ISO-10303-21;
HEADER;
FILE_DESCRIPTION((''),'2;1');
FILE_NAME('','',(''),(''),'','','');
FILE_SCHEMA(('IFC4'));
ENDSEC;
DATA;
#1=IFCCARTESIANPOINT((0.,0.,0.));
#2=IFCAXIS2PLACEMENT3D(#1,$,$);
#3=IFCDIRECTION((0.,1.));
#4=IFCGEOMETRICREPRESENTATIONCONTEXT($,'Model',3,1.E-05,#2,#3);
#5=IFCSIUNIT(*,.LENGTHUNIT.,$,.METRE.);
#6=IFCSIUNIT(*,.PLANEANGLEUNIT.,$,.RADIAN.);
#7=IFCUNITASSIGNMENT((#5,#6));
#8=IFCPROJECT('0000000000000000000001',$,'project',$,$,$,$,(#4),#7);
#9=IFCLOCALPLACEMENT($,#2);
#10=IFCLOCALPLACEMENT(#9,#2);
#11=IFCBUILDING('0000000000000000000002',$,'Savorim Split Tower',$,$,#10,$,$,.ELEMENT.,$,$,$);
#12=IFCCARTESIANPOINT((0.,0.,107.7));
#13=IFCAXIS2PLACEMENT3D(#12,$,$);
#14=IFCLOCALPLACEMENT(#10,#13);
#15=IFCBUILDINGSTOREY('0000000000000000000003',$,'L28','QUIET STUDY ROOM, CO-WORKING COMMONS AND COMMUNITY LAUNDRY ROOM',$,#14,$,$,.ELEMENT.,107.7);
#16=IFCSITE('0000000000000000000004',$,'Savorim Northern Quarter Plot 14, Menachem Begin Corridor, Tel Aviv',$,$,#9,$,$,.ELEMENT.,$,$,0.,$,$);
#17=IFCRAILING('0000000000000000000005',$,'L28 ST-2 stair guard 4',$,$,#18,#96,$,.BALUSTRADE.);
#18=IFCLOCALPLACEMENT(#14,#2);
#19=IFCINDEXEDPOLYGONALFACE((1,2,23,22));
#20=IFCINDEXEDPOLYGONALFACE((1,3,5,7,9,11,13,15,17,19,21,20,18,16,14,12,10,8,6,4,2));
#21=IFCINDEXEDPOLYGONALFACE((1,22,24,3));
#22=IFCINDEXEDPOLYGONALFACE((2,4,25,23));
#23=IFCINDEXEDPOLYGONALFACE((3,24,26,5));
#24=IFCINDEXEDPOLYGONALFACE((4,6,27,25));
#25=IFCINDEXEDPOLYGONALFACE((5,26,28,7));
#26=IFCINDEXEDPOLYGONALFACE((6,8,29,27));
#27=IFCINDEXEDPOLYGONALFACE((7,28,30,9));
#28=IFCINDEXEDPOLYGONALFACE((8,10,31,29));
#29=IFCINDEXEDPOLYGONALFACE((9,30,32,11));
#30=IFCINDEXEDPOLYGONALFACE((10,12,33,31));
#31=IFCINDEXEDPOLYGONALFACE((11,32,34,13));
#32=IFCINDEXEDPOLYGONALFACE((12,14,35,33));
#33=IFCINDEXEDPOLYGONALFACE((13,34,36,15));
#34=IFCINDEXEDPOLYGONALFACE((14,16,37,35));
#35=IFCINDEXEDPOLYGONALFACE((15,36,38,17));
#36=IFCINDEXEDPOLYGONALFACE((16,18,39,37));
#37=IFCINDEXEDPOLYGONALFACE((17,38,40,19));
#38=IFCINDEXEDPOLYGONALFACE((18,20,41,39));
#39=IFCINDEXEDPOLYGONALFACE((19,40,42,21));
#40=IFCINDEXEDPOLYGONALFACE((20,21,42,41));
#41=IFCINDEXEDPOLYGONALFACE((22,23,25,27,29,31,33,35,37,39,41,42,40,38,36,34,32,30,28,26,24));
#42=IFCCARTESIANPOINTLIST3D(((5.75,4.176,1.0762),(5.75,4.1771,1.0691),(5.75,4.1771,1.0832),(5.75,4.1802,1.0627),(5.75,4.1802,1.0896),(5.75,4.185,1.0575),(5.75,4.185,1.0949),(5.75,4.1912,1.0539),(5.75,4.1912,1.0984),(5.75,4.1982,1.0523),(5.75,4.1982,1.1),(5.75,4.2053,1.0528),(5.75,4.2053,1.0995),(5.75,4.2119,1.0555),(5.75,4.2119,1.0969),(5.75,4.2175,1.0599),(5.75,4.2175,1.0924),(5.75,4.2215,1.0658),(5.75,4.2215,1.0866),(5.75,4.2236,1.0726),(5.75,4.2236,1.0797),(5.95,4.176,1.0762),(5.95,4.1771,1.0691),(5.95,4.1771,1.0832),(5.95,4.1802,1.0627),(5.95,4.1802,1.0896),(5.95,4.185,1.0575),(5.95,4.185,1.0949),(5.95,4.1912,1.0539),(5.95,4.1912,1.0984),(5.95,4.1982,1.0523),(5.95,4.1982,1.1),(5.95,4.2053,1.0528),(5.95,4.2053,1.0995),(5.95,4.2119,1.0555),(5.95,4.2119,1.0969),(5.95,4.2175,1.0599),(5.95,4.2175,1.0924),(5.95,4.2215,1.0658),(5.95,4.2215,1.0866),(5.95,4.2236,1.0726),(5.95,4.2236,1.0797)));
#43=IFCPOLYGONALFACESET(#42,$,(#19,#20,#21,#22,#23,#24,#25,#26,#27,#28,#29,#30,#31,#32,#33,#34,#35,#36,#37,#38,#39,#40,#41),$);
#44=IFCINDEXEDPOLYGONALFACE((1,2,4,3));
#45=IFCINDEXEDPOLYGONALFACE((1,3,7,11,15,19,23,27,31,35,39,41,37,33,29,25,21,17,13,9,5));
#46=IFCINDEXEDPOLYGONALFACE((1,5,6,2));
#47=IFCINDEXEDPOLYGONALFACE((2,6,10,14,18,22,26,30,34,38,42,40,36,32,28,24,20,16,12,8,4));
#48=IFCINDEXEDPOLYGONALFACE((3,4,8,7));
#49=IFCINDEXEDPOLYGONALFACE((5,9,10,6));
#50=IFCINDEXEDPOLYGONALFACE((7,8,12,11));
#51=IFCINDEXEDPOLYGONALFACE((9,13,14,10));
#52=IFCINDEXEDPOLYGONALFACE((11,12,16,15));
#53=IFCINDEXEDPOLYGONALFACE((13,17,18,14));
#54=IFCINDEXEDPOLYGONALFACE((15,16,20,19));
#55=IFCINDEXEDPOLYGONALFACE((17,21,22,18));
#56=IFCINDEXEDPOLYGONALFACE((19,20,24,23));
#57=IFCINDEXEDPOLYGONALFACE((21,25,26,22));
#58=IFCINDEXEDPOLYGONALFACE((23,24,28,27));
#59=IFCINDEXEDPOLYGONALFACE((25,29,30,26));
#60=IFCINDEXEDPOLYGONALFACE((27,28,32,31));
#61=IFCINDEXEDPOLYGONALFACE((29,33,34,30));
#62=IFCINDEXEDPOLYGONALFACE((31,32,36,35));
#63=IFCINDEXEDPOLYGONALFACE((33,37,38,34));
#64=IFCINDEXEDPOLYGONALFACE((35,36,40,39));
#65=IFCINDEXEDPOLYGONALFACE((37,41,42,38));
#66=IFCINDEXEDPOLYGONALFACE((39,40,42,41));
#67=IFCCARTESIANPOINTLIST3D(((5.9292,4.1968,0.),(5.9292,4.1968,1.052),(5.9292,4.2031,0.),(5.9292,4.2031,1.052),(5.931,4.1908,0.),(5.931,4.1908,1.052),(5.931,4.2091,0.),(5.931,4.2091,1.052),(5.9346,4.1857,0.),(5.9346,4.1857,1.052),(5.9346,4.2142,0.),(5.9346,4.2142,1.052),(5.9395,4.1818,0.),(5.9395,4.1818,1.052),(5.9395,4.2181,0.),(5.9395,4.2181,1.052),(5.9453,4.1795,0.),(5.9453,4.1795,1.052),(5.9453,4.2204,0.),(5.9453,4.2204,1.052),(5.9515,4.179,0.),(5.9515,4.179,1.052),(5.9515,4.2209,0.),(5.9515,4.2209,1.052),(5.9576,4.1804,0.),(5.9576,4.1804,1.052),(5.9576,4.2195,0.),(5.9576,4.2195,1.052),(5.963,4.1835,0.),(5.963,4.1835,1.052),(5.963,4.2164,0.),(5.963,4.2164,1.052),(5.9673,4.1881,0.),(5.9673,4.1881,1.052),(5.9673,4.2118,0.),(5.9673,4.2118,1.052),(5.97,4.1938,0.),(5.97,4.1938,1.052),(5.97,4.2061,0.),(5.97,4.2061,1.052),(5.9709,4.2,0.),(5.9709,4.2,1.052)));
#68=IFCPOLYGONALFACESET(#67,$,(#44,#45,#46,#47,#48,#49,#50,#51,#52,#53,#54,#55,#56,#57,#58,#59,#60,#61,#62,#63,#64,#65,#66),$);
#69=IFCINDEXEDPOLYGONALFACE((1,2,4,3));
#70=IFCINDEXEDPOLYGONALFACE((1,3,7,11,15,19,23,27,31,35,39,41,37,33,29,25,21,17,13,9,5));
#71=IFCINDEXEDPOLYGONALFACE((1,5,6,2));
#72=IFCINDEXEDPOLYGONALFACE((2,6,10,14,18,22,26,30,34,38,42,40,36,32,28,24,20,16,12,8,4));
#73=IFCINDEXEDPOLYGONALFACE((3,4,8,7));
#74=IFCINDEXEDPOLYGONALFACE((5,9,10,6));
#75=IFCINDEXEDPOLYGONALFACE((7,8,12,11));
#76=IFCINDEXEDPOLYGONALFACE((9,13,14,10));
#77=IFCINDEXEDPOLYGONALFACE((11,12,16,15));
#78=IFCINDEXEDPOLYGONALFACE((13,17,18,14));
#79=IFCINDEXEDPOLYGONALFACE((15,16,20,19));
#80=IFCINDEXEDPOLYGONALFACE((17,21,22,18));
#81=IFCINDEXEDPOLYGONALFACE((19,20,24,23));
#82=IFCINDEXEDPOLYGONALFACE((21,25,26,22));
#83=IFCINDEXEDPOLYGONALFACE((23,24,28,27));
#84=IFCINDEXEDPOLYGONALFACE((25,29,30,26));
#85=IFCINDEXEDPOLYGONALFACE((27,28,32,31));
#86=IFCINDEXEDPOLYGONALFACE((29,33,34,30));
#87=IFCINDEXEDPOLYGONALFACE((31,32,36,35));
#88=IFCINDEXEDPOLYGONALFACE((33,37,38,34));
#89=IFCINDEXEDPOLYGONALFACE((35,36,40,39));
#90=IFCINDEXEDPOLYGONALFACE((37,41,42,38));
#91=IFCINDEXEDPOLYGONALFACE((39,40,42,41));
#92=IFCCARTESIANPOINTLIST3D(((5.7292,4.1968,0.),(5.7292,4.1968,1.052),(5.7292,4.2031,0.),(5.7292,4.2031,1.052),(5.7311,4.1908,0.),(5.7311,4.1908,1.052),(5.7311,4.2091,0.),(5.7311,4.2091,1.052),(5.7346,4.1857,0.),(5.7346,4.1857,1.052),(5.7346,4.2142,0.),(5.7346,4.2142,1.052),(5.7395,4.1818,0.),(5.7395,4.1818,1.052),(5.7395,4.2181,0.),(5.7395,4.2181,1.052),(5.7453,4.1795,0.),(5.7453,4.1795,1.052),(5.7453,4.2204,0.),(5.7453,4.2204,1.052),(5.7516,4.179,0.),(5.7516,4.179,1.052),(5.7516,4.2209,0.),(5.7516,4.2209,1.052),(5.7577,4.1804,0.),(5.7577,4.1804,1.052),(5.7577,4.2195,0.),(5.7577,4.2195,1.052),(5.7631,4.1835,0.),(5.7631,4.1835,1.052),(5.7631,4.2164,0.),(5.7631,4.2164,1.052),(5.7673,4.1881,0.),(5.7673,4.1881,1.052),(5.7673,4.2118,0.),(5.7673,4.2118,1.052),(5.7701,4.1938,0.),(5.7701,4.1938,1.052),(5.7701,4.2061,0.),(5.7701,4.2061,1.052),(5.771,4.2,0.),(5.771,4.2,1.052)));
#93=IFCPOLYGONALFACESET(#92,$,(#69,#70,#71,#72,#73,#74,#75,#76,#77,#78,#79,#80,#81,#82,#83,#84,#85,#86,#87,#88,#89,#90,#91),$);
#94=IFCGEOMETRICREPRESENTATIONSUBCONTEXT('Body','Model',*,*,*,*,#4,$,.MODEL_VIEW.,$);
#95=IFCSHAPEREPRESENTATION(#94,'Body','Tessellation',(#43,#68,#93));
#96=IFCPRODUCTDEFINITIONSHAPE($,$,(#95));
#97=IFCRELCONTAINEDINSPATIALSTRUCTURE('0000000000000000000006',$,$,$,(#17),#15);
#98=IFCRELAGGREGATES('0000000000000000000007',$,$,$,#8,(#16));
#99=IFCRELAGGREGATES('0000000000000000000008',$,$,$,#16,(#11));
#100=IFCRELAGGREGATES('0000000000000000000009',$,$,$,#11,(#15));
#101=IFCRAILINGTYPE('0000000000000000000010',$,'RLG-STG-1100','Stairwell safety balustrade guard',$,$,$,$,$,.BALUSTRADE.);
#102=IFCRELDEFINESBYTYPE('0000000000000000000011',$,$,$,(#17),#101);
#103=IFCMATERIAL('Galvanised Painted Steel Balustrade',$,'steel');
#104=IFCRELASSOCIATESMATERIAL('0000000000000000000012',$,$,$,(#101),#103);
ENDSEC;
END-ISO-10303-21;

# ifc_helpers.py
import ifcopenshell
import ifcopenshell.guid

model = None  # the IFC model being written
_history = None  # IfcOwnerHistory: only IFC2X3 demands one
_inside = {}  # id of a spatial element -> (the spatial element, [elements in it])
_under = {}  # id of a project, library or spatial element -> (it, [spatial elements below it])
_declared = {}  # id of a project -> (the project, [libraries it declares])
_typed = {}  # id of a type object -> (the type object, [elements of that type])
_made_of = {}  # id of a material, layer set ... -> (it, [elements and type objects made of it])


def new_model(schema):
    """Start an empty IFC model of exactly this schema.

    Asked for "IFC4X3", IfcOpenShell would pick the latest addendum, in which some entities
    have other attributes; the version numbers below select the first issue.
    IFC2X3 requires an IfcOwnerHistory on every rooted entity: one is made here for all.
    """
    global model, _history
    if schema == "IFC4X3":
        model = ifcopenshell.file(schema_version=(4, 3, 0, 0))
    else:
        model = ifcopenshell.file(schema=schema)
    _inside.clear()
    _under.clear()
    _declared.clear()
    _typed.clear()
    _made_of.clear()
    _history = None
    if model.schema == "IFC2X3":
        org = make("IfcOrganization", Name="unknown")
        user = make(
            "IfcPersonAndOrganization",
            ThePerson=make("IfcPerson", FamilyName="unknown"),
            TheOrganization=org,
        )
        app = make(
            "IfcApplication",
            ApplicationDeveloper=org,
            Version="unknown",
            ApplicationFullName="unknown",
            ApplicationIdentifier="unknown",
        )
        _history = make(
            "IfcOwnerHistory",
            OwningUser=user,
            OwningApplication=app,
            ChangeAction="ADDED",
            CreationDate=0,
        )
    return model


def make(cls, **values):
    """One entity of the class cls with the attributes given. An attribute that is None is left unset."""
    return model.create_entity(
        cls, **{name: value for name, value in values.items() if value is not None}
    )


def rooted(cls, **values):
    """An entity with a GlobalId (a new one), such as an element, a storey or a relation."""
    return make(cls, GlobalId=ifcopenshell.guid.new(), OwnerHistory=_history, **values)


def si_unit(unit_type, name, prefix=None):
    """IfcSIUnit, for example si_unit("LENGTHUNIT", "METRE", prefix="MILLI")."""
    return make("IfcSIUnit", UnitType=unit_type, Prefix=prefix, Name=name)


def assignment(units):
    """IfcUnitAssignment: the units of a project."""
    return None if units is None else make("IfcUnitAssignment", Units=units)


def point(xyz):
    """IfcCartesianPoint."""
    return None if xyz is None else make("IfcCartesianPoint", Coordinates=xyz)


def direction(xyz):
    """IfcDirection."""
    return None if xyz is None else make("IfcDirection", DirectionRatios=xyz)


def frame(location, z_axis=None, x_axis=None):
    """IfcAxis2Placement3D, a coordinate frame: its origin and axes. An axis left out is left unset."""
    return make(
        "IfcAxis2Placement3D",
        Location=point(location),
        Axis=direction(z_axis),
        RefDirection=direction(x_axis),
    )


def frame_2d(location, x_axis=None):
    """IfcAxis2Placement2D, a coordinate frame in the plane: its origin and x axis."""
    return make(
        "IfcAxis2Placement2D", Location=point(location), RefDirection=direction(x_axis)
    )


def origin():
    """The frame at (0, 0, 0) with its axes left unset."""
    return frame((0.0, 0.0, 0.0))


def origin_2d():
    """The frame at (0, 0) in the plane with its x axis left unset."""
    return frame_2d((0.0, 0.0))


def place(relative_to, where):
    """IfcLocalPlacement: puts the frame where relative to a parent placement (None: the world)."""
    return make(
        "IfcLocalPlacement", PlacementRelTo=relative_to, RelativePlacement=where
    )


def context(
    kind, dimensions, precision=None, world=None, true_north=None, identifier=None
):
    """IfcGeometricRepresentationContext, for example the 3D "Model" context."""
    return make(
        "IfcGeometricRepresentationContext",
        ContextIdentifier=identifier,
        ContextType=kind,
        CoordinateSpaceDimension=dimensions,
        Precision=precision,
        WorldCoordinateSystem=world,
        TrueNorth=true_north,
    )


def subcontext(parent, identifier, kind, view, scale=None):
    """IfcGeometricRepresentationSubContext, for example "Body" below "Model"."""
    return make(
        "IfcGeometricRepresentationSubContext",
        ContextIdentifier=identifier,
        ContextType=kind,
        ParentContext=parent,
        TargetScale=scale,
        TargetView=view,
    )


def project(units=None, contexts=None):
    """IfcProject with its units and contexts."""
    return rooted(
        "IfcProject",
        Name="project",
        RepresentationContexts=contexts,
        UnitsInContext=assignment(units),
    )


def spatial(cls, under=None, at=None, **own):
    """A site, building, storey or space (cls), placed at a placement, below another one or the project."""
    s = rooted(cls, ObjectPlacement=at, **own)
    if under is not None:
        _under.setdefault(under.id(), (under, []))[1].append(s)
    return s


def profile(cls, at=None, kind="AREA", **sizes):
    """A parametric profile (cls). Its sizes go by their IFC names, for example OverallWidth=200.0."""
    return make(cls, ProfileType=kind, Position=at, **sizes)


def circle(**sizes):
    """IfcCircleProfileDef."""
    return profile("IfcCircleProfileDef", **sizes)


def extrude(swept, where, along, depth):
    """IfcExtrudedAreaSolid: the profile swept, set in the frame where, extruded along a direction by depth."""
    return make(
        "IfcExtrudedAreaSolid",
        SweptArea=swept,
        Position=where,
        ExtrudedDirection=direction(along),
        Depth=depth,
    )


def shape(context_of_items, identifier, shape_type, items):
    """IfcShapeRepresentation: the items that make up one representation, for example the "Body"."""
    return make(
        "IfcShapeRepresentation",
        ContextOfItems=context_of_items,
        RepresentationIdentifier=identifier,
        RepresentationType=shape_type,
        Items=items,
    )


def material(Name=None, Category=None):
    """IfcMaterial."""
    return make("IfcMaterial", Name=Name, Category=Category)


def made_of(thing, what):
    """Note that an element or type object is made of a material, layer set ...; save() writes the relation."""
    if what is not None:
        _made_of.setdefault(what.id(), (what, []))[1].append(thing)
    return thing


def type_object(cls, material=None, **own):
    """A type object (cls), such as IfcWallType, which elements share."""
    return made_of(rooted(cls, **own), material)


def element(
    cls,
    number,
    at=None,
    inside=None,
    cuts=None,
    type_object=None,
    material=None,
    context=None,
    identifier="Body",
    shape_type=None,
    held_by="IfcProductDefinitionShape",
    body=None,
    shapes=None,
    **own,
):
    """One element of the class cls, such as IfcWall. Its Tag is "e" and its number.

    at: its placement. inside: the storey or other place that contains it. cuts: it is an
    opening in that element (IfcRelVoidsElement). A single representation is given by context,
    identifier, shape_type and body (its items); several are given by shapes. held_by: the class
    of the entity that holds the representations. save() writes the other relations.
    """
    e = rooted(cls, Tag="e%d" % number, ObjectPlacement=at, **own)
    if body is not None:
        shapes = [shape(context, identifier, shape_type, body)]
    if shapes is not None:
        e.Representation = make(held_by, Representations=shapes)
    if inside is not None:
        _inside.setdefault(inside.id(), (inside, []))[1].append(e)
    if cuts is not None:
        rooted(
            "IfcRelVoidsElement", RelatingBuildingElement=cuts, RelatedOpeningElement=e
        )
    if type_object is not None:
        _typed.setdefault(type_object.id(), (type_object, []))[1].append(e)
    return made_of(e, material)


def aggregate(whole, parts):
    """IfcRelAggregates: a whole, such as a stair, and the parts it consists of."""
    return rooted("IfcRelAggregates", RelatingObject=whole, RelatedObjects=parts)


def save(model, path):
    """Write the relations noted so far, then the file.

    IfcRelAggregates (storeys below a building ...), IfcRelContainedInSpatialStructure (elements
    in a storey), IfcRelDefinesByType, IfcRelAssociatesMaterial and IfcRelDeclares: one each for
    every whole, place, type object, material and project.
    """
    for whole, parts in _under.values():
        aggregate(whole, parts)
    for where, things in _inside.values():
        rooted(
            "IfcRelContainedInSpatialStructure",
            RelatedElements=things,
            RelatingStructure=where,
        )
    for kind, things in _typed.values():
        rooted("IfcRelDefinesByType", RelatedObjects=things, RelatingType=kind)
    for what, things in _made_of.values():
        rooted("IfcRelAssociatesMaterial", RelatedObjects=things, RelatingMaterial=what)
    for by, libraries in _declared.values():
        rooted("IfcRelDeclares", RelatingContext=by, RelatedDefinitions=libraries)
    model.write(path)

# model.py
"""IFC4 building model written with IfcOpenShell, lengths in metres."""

from ifc_helpers import new_model, si_unit, direction, frame, origin, origin_2d, place, context, subcontext, project, spatial, circle, extrude, material, type_object, element, save


model = new_model("IFC4")

# Units and contexts
model_context = context("Model", 3, precision=1e-05, world=origin(), true_north=direction((0.0, 1.0)))
body_context = subcontext(model_context, "Body", "Model", "MODEL_VIEW")
ifc_project = project(units=[si_unit("LENGTHUNIT", "METRE"), si_unit("PLANEANGLEUNIT", "RADIAN")], contexts=[model_context])

# Site, building, storey
site_placement = place(None, origin())
site = spatial("IfcSite", under=ifc_project, at=site_placement, Name="Savorim Northern Quarter Plot 14, Menachem Begin Corridor, Tel Aviv", CompositionType="ELEMENT", RefElevation=0.0)
building_placement = place(site_placement, origin())
building = spatial("IfcBuilding", under=site, at=building_placement, Name="Savorim Split Tower", CompositionType="ELEMENT")
storey_placement = place(building_placement, frame((0.0, 0.0, 107.7)))
storey = spatial("IfcBuildingStorey", under=building, at=storey_placement, Name="L28", Description="QUIET STUDY ROOM, CO-WORKING COMMONS AND COMMUNITY LAUNDRY ROOM", CompositionType="ELEMENT", Elevation=107.7)

# Railing
ifc_material_1 = material(Name="Galvanised Painted Steel Balustrade", Category="steel")
railing_type_1 = type_object("IfcRailingType", Name="RLG-STG-1100", Description="Stairwell safety balustrade guard", PredefinedType="BALUSTRADE", material=ifc_material_1)
railing_1_placement = place(storey_placement, frame((5.95, 4.2, 0.0)))
element("IfcRailing", 1, at=railing_1_placement, inside=storey, type_object=railing_type_1, Name="L28 ST-2 stair guard 4", PredefinedType="BALUSTRADE", context=body_context, shape_type="SweptSolid", body=[
    extrude(circle(Radius=0.0239, at=origin_2d()), frame((0.0, 0.0, 1.0762), z_axis=(-1.0, 0.0, 0.0), x_axis=(0.0, -1.0, 0.0)), (0.0, 0.0, 1.0), 0.2),
    extrude(circle(Radius=0.021, at=origin_2d()), origin(), (0.0, 0.0, 1.0), 1.052),
    extrude(circle(Radius=0.021, at=origin_2d()), frame((-0.2, 0.0, 0.0)), (0.0, 0.0, 1.0), 1.052),
])

save(model, "model.ifc")
